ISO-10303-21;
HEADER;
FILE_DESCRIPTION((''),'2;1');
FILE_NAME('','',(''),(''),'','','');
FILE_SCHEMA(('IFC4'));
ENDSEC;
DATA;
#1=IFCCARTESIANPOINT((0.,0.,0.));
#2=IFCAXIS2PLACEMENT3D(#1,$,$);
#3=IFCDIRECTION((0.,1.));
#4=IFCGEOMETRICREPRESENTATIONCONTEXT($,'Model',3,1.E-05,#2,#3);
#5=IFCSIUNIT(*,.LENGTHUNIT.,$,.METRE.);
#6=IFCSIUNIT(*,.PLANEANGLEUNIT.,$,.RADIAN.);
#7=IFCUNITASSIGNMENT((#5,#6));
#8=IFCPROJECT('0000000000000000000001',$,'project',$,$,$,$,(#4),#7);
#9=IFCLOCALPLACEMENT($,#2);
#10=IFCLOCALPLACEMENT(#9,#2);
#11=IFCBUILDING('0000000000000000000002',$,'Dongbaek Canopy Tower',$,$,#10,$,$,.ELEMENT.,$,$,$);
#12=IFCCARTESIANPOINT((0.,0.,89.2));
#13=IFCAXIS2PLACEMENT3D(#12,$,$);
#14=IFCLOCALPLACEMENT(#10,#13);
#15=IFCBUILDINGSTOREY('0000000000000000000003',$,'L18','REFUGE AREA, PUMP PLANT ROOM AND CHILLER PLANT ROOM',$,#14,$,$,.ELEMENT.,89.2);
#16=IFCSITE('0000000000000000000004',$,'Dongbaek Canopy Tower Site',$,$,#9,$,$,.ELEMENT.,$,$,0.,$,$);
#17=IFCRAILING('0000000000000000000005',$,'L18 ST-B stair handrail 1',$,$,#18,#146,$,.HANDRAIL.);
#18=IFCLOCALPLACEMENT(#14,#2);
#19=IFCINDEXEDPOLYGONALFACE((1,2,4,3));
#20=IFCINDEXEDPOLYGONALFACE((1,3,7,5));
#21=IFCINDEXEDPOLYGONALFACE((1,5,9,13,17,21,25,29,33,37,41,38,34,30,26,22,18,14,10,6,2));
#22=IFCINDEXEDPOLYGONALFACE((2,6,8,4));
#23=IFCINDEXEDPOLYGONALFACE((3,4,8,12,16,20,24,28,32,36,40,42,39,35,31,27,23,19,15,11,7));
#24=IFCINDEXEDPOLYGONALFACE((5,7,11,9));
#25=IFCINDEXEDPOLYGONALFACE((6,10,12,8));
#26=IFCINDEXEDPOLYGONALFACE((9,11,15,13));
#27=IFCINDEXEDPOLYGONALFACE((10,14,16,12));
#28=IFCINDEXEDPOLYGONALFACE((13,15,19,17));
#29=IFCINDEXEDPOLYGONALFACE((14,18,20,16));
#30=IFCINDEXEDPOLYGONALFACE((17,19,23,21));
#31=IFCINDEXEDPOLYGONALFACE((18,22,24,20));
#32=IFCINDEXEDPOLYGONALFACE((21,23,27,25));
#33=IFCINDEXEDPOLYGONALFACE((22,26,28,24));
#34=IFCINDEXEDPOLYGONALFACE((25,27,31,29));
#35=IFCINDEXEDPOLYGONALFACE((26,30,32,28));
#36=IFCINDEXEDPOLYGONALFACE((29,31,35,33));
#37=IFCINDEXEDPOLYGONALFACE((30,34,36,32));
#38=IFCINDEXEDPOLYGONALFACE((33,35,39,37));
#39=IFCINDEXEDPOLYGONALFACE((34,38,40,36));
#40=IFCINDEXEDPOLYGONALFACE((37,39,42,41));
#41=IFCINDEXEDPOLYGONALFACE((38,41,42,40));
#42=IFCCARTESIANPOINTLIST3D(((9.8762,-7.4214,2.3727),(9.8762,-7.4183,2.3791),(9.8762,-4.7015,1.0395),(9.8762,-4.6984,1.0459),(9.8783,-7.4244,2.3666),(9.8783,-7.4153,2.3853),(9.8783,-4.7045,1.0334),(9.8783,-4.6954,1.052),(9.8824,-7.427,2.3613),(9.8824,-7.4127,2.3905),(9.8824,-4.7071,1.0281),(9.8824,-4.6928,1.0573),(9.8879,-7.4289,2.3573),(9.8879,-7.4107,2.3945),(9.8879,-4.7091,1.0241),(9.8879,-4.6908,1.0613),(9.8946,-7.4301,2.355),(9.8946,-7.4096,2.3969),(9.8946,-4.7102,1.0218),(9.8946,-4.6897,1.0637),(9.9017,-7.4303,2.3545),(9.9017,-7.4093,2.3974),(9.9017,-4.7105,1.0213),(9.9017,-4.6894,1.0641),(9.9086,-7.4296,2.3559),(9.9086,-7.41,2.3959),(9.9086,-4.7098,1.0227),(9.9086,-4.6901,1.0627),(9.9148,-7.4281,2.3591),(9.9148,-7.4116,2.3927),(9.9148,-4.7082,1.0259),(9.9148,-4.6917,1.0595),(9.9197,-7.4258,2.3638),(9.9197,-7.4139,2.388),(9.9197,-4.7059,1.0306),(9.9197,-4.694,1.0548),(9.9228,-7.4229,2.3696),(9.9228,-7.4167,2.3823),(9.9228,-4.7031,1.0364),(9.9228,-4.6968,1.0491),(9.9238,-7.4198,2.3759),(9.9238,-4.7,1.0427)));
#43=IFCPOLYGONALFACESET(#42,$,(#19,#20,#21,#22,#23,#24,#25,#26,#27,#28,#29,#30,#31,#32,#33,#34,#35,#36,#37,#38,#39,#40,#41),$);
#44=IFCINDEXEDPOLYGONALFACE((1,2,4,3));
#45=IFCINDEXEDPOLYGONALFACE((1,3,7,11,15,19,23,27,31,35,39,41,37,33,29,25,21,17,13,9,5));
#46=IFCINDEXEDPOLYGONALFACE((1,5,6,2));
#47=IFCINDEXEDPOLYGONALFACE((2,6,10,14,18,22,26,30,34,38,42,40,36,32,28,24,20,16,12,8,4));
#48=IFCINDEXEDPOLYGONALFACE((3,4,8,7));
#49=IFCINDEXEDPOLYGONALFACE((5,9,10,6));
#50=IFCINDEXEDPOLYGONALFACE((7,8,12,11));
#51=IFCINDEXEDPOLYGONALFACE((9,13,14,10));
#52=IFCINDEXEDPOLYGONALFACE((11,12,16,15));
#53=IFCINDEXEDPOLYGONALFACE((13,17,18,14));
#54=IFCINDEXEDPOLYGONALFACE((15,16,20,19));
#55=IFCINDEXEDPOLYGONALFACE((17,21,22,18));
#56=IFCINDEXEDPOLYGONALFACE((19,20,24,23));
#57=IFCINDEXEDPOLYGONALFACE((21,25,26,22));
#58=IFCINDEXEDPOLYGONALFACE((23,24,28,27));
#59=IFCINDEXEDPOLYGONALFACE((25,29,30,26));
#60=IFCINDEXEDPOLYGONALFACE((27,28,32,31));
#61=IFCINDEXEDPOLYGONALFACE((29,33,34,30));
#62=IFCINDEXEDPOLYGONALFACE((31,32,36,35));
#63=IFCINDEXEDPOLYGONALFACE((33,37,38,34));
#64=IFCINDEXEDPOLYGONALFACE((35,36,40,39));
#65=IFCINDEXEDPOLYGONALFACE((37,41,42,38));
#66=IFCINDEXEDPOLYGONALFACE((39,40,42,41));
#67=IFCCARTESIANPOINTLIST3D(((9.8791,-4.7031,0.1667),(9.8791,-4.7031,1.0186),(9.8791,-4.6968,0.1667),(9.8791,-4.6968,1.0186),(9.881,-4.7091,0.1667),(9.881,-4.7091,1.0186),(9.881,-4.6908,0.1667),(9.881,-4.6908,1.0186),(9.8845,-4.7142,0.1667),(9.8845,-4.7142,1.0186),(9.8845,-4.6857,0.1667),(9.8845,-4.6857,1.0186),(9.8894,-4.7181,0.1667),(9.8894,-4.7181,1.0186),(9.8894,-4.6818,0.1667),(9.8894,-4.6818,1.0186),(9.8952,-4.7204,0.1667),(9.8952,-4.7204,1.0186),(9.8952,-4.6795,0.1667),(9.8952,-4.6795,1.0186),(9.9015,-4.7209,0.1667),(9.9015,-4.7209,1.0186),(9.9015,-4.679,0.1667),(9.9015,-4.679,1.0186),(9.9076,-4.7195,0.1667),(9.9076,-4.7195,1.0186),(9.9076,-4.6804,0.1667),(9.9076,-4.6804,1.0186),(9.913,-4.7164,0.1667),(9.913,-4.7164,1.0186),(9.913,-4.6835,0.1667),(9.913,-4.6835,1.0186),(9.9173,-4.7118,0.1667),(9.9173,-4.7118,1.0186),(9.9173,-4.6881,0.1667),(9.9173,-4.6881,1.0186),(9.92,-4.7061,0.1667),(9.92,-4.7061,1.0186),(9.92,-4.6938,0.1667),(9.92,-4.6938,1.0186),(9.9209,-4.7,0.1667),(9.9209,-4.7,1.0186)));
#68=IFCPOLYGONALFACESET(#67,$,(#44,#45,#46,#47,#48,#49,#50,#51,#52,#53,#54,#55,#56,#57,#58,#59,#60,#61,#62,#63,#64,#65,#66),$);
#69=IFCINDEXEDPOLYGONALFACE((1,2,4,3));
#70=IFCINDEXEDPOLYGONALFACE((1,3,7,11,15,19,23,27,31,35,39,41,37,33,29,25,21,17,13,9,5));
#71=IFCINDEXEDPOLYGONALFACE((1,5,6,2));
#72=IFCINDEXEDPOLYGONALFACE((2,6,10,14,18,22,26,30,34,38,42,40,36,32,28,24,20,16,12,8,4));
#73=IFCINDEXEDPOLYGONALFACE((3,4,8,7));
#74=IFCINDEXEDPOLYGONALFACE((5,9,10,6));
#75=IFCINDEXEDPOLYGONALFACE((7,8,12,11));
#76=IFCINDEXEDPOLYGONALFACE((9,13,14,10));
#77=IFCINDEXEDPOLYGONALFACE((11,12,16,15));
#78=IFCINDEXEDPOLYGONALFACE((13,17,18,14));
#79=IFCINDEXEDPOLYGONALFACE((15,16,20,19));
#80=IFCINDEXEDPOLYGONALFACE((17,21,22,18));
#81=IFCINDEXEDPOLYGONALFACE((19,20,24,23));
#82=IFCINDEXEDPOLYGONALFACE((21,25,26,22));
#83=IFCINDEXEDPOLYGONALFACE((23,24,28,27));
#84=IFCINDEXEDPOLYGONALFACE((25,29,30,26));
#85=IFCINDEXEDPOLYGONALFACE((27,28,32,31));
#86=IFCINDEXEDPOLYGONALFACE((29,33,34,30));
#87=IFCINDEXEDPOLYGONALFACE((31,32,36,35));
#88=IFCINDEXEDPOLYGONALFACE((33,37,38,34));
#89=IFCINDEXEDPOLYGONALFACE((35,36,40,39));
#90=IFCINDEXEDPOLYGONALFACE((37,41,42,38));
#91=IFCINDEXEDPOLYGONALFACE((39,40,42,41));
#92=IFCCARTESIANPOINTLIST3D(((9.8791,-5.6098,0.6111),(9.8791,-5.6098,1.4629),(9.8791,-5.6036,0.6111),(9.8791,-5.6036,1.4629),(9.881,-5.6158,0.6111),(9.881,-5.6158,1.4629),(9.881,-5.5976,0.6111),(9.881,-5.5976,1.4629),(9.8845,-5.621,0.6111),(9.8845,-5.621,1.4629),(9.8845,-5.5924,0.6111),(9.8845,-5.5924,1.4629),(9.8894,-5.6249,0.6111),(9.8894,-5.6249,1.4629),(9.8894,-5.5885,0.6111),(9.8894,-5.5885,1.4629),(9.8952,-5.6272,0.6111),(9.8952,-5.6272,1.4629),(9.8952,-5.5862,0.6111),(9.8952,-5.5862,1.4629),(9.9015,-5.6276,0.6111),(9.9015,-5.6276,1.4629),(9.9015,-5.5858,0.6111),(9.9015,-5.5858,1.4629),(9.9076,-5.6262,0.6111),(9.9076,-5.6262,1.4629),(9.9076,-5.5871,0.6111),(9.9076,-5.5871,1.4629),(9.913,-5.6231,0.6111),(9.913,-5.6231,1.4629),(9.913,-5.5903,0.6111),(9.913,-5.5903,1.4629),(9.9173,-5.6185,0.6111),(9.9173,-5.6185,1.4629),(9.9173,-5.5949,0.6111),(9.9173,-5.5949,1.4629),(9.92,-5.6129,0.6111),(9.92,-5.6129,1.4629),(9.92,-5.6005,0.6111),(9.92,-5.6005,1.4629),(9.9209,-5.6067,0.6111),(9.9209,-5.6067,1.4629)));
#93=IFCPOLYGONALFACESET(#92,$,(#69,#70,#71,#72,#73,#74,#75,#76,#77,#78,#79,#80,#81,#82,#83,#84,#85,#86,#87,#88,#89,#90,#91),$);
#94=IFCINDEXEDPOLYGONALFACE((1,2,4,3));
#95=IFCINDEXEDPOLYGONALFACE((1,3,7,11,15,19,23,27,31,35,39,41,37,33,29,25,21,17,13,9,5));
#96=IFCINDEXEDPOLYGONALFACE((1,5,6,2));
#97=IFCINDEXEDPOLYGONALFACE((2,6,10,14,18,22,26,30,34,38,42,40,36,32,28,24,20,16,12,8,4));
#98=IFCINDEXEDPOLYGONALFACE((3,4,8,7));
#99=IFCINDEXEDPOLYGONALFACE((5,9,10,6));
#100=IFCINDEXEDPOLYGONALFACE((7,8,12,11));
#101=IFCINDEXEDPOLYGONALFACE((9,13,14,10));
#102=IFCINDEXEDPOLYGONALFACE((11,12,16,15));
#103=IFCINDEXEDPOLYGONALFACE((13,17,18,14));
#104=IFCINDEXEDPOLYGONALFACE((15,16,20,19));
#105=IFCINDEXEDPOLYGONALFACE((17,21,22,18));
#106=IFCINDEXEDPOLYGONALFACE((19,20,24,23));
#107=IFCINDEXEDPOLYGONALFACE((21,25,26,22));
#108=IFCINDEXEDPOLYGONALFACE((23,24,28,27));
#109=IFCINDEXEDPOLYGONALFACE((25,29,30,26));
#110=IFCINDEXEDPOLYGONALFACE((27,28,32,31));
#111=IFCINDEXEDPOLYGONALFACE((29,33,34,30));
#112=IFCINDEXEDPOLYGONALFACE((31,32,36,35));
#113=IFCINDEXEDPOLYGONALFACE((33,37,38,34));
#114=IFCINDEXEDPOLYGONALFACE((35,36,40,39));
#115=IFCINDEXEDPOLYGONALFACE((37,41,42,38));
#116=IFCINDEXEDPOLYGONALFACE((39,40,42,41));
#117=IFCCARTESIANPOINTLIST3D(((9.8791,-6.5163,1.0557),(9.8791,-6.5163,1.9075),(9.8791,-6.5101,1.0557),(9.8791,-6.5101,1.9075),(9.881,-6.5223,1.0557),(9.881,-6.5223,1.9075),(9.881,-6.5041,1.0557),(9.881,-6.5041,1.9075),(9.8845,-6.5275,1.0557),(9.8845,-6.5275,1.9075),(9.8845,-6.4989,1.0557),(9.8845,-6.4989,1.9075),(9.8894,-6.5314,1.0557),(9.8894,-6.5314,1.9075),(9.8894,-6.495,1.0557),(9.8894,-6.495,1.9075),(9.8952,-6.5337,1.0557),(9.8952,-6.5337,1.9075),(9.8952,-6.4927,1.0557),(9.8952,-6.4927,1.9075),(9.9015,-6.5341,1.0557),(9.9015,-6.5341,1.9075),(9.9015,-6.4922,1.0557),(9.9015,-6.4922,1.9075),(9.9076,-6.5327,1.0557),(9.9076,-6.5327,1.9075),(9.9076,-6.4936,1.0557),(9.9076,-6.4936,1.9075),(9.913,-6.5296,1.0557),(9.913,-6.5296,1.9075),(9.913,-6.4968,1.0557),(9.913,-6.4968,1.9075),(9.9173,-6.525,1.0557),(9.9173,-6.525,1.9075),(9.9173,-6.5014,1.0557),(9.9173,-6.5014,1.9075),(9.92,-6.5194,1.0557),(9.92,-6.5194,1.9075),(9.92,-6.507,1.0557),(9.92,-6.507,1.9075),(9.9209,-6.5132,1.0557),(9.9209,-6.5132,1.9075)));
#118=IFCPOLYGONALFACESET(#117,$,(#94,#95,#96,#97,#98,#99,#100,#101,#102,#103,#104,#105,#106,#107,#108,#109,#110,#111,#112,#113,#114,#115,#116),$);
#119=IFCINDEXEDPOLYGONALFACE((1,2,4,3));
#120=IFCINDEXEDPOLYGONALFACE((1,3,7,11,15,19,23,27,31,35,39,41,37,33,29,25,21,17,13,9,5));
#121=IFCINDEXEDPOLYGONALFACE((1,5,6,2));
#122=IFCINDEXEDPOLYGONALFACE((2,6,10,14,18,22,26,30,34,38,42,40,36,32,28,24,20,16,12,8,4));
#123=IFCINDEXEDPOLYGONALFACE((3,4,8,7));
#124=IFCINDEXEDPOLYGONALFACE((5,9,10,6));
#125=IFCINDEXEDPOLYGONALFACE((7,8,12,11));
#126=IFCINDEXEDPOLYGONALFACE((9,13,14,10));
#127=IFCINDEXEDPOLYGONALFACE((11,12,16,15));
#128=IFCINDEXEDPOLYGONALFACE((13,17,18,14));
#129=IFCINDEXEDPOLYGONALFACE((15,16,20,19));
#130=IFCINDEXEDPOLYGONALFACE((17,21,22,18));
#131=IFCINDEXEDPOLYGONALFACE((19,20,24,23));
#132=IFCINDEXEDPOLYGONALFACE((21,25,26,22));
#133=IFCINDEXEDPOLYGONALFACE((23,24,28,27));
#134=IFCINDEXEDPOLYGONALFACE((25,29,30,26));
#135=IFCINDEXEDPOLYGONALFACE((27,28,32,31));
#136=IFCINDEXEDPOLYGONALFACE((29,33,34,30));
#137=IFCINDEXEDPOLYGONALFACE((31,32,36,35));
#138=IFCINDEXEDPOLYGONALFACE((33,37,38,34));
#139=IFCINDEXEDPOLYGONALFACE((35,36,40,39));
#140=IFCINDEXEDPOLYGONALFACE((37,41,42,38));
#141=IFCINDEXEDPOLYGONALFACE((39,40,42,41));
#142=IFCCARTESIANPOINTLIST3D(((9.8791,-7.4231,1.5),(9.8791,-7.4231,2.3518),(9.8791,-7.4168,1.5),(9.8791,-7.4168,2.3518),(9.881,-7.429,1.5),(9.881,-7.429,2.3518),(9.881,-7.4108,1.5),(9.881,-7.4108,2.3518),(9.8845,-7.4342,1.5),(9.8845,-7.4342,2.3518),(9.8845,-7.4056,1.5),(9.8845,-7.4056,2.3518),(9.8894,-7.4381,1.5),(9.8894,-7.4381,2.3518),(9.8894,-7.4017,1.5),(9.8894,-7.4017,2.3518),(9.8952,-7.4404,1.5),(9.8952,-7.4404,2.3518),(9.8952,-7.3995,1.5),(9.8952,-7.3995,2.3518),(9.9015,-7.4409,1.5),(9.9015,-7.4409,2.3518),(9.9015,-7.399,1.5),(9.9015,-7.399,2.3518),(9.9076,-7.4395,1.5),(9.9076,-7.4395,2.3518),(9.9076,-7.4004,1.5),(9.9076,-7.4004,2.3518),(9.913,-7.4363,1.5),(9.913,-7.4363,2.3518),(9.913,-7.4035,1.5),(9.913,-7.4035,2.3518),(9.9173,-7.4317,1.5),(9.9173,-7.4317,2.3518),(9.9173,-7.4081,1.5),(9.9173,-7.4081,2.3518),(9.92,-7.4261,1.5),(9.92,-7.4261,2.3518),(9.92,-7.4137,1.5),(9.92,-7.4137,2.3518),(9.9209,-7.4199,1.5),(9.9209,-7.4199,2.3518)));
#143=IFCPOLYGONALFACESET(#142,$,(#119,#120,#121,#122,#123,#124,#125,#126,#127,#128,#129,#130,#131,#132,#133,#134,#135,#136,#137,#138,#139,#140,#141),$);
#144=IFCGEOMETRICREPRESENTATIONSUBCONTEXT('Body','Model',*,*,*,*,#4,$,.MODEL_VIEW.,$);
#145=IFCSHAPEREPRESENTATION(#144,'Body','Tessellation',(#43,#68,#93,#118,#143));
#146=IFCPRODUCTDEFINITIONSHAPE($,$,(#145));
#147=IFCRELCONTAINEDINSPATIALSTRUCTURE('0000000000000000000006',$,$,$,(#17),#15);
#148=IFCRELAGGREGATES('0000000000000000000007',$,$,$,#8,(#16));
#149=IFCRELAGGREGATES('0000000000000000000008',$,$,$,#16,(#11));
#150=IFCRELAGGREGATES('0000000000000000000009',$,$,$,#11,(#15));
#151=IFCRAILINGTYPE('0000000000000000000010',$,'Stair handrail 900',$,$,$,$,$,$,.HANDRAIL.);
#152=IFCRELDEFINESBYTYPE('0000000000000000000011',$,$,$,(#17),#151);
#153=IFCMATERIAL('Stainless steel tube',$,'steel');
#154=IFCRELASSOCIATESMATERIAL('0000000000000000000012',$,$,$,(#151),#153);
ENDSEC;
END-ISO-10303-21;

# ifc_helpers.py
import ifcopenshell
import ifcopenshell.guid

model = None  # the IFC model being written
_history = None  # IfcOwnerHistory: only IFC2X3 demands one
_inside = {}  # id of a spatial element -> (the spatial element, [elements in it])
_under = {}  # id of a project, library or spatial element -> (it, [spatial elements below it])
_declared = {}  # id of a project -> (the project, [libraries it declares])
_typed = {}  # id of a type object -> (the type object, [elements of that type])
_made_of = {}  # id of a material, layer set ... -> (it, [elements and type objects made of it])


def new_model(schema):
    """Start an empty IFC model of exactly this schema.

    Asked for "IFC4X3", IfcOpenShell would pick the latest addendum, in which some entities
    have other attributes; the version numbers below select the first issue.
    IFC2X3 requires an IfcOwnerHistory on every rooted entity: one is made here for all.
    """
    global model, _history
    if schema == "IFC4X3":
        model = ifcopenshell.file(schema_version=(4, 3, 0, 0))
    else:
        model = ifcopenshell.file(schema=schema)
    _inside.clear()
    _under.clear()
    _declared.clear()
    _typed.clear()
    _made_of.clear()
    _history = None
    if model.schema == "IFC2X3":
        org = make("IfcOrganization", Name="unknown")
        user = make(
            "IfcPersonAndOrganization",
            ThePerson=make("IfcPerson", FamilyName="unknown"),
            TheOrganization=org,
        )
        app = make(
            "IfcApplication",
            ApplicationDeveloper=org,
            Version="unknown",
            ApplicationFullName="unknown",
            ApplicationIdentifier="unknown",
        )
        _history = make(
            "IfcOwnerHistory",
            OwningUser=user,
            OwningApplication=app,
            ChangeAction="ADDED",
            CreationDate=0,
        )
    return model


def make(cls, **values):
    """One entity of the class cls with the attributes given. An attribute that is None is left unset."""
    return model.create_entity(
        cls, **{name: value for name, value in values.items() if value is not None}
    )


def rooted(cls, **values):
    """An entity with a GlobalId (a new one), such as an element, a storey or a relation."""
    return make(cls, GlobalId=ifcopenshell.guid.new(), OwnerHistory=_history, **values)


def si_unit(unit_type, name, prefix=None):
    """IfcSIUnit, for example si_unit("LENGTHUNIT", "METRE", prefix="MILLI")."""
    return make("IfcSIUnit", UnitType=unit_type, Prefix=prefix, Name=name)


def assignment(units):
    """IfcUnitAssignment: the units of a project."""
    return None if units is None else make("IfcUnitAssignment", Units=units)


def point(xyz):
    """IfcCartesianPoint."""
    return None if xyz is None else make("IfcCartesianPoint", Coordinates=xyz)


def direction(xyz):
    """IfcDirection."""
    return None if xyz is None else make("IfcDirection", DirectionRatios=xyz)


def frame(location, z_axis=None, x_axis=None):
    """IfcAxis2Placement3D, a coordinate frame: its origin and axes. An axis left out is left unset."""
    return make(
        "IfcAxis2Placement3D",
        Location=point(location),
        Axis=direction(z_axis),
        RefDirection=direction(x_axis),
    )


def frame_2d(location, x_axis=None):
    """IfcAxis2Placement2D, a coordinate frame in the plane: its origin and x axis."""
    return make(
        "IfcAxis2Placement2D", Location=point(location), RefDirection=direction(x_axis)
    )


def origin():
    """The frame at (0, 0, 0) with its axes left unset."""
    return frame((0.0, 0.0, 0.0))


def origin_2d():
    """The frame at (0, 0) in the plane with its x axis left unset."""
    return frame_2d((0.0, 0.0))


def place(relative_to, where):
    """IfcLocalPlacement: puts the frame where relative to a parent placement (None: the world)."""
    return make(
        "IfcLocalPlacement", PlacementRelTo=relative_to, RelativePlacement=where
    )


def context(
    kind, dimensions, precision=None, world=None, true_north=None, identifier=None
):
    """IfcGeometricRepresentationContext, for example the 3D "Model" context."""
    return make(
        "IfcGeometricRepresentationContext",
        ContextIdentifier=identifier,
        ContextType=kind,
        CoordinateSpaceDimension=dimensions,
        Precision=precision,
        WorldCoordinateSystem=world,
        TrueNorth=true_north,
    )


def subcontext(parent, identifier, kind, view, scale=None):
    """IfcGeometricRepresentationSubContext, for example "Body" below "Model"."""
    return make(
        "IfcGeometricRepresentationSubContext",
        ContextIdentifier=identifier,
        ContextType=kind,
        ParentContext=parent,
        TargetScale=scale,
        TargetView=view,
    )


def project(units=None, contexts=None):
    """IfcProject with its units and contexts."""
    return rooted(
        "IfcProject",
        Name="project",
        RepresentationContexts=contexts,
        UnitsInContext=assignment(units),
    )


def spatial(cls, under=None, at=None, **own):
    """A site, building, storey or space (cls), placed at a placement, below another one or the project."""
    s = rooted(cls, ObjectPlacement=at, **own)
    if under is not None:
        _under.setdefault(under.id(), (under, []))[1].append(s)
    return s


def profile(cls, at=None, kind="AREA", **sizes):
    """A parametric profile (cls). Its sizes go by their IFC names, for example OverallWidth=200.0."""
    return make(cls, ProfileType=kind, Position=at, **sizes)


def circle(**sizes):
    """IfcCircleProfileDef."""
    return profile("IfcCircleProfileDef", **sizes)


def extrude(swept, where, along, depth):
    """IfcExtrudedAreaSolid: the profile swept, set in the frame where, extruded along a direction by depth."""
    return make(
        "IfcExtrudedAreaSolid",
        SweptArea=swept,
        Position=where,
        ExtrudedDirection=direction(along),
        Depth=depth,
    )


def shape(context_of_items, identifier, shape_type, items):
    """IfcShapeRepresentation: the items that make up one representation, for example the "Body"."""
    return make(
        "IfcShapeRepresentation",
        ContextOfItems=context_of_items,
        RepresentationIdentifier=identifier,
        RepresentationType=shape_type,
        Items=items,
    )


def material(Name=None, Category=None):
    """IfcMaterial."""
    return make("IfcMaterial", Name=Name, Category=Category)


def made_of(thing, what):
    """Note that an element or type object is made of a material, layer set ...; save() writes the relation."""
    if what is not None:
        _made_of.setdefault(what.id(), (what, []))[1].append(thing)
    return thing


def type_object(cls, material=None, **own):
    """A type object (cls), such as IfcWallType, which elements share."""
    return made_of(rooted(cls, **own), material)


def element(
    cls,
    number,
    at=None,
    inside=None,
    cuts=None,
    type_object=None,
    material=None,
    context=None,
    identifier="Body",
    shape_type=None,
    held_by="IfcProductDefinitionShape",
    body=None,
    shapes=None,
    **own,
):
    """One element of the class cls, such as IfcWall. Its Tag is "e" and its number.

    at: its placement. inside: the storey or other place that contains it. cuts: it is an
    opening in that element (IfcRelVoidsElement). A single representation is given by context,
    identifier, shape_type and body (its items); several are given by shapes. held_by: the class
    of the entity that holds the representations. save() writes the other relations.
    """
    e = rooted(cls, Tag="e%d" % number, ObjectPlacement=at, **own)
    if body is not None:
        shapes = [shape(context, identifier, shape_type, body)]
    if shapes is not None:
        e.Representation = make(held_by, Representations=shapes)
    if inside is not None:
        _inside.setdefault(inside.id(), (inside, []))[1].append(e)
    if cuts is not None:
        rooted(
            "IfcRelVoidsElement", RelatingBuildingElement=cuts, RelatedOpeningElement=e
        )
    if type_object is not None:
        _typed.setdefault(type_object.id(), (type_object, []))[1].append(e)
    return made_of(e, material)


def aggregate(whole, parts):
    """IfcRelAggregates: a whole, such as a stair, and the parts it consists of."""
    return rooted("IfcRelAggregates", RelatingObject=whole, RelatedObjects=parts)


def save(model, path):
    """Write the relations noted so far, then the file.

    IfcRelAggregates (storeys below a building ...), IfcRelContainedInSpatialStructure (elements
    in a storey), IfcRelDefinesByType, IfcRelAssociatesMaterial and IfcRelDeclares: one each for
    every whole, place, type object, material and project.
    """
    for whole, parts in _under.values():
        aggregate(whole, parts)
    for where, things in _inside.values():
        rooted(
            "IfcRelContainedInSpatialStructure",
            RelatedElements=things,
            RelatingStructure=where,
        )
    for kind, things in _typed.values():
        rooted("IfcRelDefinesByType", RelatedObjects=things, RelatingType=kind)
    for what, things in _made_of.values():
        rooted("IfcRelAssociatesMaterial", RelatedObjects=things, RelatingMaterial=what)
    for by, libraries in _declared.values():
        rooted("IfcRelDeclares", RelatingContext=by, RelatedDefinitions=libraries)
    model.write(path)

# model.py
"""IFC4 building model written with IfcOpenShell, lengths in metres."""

from ifc_helpers import new_model, si_unit, direction, frame, origin, origin_2d, place, context, subcontext, project, spatial, circle, extrude, material, type_object, element, save


model = new_model("IFC4")

# Units and contexts
model_context = context("Model", 3, precision=1e-05, world=origin(), true_north=direction((0.0, 1.0)))
body_context = subcontext(model_context, "Body", "Model", "MODEL_VIEW")
ifc_project = project(units=[si_unit("LENGTHUNIT", "METRE"), si_unit("PLANEANGLEUNIT", "RADIAN")], contexts=[model_context])

# Site, building, storey
site_placement = place(None, origin())
site = spatial("IfcSite", under=ifc_project, at=site_placement, Name="Dongbaek Canopy Tower Site", CompositionType="ELEMENT", RefElevation=0.0)
building_placement = place(site_placement, origin())
building = spatial("IfcBuilding", under=site, at=building_placement, Name="Dongbaek Canopy Tower", CompositionType="ELEMENT")
storey_placement = place(building_placement, frame((0.0, 0.0, 89.2)))
storey = spatial("IfcBuildingStorey", under=building, at=storey_placement, Name="L18", Description="REFUGE AREA, PUMP PLANT ROOM AND CHILLER PLANT ROOM", CompositionType="ELEMENT", Elevation=89.2)

# Railing
ifc_material_1 = material(Name="Stainless steel tube", Category="steel")
railing_type = type_object("IfcRailingType", Name="Stair handrail 900", PredefinedType="HANDRAIL", material=ifc_material_1)
for number, where, name in (
    (1, (9.8999, -4.7, 0.1667), "L18 ST-B stair handrail 1"),
):
    element("IfcRailing", number, at=place(storey_placement, frame(where)), inside=storey, type_object=railing_type, Name=name, PredefinedType="HANDRAIL", context=body_context, shape_type="SweptSolid", body=[
        extrude(circle(Radius=0.0239, at=origin_2d()), frame((0.0, 0.0, 0.876), z_axis=(0.0, -0.897929, 0.440139), x_axis=(1.0, 0.0, 0.0)), (0.0, 0.0, 1.0), 3.0291),
        extrude(circle(Radius=0.021, at=origin_2d()), origin(), (0.0, 0.0, 1.0), 0.8518),
        extrude(circle(Radius=0.021, at=origin_2d()), frame((0.0, -0.9067, 0.4443)), (0.0, 0.0, 1.0), 0.8518),
        extrude(circle(Radius=0.021, at=origin_2d()), frame((0.0, -1.8132, 0.8889)), (0.0, 0.0, 1.0), 0.8518),
        extrude(circle(Radius=0.021, at=origin_2d()), frame((0.0, -2.72, 1.3333)), (0.0, 0.0, 1.0), 0.8518),
    ])

save(model, "model.ifc")
